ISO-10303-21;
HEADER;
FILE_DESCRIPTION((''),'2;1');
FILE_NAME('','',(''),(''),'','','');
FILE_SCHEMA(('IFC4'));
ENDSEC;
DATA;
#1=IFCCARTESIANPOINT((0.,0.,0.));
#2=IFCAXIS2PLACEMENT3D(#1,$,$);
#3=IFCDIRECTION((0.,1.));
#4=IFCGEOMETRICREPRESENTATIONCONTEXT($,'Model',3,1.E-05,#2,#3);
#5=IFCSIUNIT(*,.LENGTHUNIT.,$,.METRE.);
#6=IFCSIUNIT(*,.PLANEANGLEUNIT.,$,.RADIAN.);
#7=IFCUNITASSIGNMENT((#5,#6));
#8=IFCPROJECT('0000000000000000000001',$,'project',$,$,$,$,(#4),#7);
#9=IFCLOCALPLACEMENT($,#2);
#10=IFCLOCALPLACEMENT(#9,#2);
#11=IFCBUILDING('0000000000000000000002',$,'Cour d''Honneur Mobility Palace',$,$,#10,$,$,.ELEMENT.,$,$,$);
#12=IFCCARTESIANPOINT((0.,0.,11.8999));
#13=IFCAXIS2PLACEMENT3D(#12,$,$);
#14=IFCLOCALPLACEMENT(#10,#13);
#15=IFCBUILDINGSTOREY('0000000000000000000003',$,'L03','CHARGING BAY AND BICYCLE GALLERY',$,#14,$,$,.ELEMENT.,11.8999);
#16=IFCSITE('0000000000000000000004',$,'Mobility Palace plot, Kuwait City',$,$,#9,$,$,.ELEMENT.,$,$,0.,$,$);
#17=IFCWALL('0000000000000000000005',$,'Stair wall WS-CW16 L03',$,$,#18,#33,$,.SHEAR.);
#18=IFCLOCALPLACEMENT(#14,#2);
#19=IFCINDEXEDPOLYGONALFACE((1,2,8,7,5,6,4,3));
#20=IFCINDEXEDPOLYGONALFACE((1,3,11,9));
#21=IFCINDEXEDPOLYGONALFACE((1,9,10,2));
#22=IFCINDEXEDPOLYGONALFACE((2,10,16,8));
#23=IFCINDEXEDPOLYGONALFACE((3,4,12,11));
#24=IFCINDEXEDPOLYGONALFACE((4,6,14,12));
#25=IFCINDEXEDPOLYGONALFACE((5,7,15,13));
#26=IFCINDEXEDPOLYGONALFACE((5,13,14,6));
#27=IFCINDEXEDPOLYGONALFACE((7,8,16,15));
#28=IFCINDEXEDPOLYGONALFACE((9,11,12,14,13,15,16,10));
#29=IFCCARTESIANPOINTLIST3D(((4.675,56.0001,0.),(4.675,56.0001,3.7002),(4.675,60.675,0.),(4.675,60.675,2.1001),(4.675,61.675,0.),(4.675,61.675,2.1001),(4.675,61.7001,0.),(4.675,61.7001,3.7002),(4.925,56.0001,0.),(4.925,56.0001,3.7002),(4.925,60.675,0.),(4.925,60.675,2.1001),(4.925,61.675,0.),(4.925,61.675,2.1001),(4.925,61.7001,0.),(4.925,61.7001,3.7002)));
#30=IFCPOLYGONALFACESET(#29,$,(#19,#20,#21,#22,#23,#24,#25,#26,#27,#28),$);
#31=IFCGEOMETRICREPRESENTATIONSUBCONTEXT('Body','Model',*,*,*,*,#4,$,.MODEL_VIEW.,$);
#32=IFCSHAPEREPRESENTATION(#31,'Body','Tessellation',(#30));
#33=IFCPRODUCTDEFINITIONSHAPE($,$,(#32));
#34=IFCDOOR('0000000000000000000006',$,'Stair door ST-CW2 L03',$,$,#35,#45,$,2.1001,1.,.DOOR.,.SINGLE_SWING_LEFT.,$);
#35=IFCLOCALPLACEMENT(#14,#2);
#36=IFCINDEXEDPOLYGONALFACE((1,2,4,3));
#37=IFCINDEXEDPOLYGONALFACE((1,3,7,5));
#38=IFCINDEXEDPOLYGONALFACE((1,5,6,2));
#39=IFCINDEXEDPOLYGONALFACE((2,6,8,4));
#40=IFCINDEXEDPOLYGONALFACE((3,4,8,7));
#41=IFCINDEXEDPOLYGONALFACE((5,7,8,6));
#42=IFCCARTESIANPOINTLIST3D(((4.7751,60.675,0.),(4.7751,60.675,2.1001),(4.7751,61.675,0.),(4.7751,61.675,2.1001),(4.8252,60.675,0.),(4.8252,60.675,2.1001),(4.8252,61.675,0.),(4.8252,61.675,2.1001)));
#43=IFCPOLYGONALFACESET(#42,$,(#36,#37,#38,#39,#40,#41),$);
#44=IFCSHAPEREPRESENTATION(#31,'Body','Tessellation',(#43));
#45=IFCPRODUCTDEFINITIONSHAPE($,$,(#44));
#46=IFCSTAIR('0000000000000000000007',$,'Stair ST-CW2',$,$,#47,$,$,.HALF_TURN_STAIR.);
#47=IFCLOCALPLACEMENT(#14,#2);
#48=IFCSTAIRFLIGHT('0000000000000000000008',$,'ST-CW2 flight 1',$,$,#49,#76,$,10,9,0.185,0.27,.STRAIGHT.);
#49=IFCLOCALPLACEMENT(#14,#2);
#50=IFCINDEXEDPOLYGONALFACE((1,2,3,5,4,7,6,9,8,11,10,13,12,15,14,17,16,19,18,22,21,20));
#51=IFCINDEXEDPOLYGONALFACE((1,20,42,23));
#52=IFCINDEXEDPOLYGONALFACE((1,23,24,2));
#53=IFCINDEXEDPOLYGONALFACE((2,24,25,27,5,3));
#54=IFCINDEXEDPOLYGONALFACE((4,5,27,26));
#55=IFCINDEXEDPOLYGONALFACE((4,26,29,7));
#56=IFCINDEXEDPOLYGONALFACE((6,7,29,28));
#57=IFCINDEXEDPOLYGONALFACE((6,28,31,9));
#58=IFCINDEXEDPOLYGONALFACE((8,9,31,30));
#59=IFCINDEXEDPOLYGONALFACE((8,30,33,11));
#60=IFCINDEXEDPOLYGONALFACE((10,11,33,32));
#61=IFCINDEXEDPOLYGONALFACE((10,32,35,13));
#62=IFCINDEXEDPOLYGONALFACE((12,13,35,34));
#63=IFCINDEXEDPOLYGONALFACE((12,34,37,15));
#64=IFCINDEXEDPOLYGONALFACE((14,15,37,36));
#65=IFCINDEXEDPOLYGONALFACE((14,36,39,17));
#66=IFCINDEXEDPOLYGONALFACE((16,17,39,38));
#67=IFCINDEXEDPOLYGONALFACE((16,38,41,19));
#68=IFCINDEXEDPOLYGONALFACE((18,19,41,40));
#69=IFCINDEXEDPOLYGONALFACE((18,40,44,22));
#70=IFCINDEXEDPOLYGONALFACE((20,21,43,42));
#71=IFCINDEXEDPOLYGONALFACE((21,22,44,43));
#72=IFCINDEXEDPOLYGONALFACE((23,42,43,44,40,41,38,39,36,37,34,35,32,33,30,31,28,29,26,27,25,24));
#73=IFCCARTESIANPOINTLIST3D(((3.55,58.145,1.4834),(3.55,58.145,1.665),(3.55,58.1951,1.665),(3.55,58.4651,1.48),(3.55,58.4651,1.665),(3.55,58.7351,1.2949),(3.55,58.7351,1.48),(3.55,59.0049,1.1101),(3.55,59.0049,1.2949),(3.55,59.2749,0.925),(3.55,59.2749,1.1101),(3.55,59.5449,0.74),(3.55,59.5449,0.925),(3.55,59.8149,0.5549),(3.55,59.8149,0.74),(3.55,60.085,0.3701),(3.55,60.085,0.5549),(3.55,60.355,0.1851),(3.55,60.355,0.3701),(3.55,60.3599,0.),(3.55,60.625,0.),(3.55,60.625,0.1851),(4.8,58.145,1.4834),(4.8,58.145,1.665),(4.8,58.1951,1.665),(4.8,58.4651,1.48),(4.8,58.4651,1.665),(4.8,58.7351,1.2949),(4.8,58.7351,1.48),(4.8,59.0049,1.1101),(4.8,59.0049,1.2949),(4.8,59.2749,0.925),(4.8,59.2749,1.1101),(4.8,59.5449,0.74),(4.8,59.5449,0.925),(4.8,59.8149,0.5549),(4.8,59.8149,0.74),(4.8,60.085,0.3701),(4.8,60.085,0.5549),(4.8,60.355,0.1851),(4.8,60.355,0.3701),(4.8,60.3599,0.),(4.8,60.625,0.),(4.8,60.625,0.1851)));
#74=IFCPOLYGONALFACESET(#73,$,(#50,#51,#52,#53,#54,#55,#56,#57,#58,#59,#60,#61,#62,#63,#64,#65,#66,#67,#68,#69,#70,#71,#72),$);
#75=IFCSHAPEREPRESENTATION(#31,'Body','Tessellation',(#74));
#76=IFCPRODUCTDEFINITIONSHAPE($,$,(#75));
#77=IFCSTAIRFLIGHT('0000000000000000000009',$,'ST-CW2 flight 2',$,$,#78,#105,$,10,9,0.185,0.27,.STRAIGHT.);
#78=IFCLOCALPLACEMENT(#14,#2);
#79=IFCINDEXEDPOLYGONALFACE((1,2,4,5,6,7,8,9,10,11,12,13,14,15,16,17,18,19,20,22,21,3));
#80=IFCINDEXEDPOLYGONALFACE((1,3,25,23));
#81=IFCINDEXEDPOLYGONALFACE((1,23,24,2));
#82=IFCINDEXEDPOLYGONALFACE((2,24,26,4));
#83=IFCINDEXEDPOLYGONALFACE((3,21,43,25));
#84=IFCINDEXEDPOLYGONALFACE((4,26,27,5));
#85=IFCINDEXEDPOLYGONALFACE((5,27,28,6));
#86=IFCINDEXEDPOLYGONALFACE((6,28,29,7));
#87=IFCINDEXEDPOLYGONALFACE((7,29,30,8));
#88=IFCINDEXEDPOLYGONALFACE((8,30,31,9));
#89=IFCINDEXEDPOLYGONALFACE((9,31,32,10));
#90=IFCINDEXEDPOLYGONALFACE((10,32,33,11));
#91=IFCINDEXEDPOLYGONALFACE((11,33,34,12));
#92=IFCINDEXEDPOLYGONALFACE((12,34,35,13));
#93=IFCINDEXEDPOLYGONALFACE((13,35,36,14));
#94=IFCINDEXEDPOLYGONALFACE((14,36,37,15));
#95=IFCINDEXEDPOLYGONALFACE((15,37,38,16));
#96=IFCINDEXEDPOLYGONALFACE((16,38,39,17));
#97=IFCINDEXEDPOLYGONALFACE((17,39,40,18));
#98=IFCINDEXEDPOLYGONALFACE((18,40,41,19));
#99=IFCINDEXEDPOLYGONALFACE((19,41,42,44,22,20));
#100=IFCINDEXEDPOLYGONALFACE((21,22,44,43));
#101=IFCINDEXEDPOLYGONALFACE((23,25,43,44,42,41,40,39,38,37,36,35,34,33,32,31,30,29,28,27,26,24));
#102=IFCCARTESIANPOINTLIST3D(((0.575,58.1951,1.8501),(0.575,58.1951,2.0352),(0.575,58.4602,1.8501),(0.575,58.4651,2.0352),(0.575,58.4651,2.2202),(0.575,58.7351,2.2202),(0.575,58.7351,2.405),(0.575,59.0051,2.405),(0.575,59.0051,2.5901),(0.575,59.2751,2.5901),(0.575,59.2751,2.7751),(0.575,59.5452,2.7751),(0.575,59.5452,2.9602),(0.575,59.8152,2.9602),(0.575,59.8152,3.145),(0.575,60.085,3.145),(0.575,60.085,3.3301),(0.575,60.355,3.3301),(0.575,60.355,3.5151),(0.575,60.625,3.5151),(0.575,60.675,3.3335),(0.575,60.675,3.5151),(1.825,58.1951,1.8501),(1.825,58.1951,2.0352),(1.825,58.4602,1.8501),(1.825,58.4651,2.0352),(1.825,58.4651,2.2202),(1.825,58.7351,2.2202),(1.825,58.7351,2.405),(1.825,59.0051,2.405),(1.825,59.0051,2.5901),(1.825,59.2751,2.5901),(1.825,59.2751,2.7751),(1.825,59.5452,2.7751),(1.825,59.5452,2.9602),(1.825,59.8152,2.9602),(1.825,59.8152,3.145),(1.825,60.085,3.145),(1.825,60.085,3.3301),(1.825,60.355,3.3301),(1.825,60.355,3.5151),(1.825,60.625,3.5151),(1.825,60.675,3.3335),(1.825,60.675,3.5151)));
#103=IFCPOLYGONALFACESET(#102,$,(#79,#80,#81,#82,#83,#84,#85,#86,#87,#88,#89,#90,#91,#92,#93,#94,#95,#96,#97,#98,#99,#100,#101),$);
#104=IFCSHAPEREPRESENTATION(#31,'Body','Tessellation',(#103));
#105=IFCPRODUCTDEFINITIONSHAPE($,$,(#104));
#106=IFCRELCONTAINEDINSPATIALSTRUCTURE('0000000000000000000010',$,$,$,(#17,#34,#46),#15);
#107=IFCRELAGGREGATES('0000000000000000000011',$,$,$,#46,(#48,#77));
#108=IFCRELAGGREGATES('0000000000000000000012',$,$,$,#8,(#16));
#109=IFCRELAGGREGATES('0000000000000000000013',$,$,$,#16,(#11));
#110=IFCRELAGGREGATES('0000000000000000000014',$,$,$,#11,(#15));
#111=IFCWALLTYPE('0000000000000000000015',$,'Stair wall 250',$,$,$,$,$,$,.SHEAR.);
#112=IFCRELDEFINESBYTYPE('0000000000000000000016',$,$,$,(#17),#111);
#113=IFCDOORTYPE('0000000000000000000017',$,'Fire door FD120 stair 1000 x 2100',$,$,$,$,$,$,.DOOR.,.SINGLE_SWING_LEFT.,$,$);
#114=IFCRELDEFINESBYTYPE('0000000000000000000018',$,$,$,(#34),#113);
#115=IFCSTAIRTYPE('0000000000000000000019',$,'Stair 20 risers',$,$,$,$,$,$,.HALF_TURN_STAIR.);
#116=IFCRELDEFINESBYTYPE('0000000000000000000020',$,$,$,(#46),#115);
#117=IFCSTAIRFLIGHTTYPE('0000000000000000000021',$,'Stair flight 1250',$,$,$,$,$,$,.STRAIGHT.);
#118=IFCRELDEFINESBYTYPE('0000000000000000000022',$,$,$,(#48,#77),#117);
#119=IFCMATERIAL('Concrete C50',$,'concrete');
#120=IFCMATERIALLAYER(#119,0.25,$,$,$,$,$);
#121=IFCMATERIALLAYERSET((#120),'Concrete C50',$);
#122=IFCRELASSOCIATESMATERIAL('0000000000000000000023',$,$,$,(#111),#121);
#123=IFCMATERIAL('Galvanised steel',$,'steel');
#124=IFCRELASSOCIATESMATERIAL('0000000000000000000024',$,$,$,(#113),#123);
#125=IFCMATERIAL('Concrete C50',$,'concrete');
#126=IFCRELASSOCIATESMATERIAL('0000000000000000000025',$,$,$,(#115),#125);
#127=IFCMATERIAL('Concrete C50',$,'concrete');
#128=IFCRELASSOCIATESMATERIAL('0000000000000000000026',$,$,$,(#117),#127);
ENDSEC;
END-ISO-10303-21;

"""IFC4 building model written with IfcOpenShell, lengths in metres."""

from ifc_helpers import new_model, si_unit, direction, frame, frame_2d, origin, place, context, subcontext, project, spatial, polyline, rectangle, outline, extrude, material, layer, layer_set, type_object, element, fill, aggregate, save


model = new_model("IFC4")

# Units and contexts
model_context = context("Model", 3, precision=1e-05, world=origin(), true_north=direction((0.0, 1.0)))
body_context = subcontext(model_context, "Body", "Model", "MODEL_VIEW")
ifc_project = project(units=[si_unit("LENGTHUNIT", "METRE"), si_unit("PLANEANGLEUNIT", "RADIAN")], contexts=[model_context])

# Site, building, storey
site_placement = place(None, origin())
site = spatial("IfcSite", under=ifc_project, at=site_placement, Name="Mobility Palace plot, Kuwait City", CompositionType="ELEMENT", RefElevation=0.0)
building_placement = place(site_placement, origin())
building = spatial("IfcBuilding", under=site, at=building_placement, Name="Cour d'Honneur Mobility Palace", CompositionType="ELEMENT")
storey_placement = place(building_placement, frame((0.0, 0.0, 11.8999)))
storey = spatial("IfcBuildingStorey", under=building, at=storey_placement, Name="L03", Description="CHARGING BAY AND BICYCLE GALLERY", CompositionType="ELEMENT", Elevation=11.8999)

# Shared definitions
ifc_material_1 = material(Name="Concrete C50", Category="concrete")
ifc_layer_1 = layer(ifc_material_1, 0.25)
ifc_layer_set_1 = layer_set([ifc_layer_1], Name="Concrete C50")
wall_type_1 = type_object("IfcWallType", Name="Stair wall 250", PredefinedType="SHEAR", material=ifc_layer_set_1)

# Wall, opening, door
wall_1_placement = place(storey_placement, frame((4.8, 56.0, 0.0), z_axis=(0.0, 0.0, 1.0), x_axis=(0.0, 1.0, 0.0)))
wall_1 = element("IfcWall", 1, at=wall_1_placement, inside=storey, type_object=wall_type_1, Name="Stair wall WS-CW16 L03", PredefinedType="SHEAR", context=body_context, shape_type="SweptSolid", body=[
    extrude(rectangle(XDim=5.7, YDim=0.25, at=frame_2d((2.8501, 0.0))), origin(), (0.0, 0.0, 1.0), 3.7002),
])
opening_placement = place(wall_1_placement, frame((4.675, 0.0, 0.0)))
opening = element("IfcOpeningElement", 2, at=opening_placement, cuts=wall_1, PredefinedType="OPENING", context=body_context, shape_type="SweptSolid", body=[
    extrude(rectangle(XDim=1.0, YDim=2.1001, at=frame_2d((0.5, 1.05))), frame((0.0, 0.135, 0.0), z_axis=(0.0, -1.0, 0.0), x_axis=(1.0, 0.0, 0.0)), (0.0, 0.0, 1.0), 0.27),
])
ifc_material_2 = material(Name="Galvanised steel", Category="steel")
door_type = type_object("IfcDoorType", Name="Fire door FD120 stair 1000 x 2100", OperationType="SINGLE_SWING_LEFT", PredefinedType="DOOR", material=ifc_material_2)
door_placement = place(opening_placement, origin())
door = element("IfcDoor", 3, at=door_placement, inside=storey, type_object=door_type, Name="Stair door ST-CW2 L03", OperationType="SINGLE_SWING_LEFT", OverallHeight=2.1001, OverallWidth=1.0, PredefinedType="DOOR", context=body_context, shape_type="SweptSolid", body=[
    extrude(rectangle(XDim=1.0, YDim=2.1001, at=frame_2d((0.5, 1.05))), frame((0.0, 0.0249, 0.0), z_axis=(0.0, -1.0, 0.0), x_axis=(1.0, 0.0, 0.0)), (0.0, 0.0, 1.0), 0.05),
])
fill(opening, door)

# Stair, stair flights
ifc_material_3 = material(Name="Concrete C50", Category="concrete")
stair_type = type_object("IfcStairType", Name="Stair 20 risers", PredefinedType="HALF_TURN_STAIR", material=ifc_material_3)
stair_placement = place(storey_placement, origin())
stair = element("IfcStair", 4, at=stair_placement, inside=storey, type_object=stair_type, Name="Stair ST-CW2", PredefinedType="HALF_TURN_STAIR")
ifc_material_4 = material(Name="Concrete C50", Category="concrete")
stair_flight_type = type_object("IfcStairFlightType", Name="Stair flight 1250", PredefinedType="STRAIGHT", material=ifc_material_4)
stair_flight_1_placement = place(storey_placement, frame((4.175, 60.625, 0.0), z_axis=(0.0, 0.0, 1.0), x_axis=(0.0, -1.0, 0.0)))
stair_flight_1 = element("IfcStairFlight", 5, at=stair_flight_1_placement, type_object=stair_flight_type, Name="ST-CW2 flight 1", NumberOfRisers=10, NumberOfTreads=9, PredefinedType="STRAIGHT", RiserHeight=0.185, TreadLength=0.27, context=body_context, shape_type="SweptSolid", body=[
    extrude(outline(polyline([(0.0, 0.0), (0.0, 0.1851), (0.27, 0.1851), (0.27, 0.3701), (0.54, 0.3701), (0.54, 0.5549), (0.8101, 0.5549), (0.8101, 0.74), (1.0801, 0.74), (1.0801, 0.925), (1.3501, 0.925), (1.3501, 1.1101), (1.6201, 1.1101), (1.6201, 1.2949), (1.8899, 1.2949), (1.8899, 1.48), (2.1599, 1.48), (2.1599, 1.665), (2.4299, 1.665), (2.48, 1.665), (2.48, 1.4834), (0.2651, 0.0), (0.0, 0.0)])), frame((0.0, 0.625, 0.0), z_axis=(0.0, -1.0, 0.0), x_axis=(1.0, 0.0, 0.0)), (0.0, 0.0, 1.0), 1.25),
])
stair_flight_2_placement = place(storey_placement, frame((1.2, 58.1951, 1.8501), z_axis=(0.0, 0.0, 1.0), x_axis=(0.0, 1.0, 0.0)))
stair_flight_2 = element("IfcStairFlight", 6, at=stair_flight_2_placement, type_object=stair_flight_type, Name="ST-CW2 flight 2", NumberOfRisers=10, NumberOfTreads=9, PredefinedType="STRAIGHT", RiserHeight=0.185, TreadLength=0.27, context=body_context, shape_type="SweptSolid", body=[
    extrude(outline(polyline([(0.0, 0.0), (0.0, 0.1851), (0.27, 0.1851), (0.27, 0.3701), (0.54, 0.3701), (0.54, 0.5549), (0.8101, 0.5549), (0.8101, 0.74), (1.0801, 0.74), (1.0801, 0.925), (1.3501, 0.925), (1.3501, 1.1101), (1.6201, 1.1101), (1.6201, 1.2949), (1.8899, 1.2949), (1.8899, 1.48), (2.1599, 1.48), (2.1599, 1.665), (2.4299, 1.665), (2.48, 1.665), (2.48, 1.4834), (0.2651, 0.0), (0.0, 0.0)])), frame((0.0, 0.625, 0.0), z_axis=(0.0, -1.0, 0.0), x_axis=(1.0, 0.0, 0.0)), (0.0, 0.0, 1.0), 1.25),
])
aggregate(stair, [stair_flight_1, stair_flight_2])

save(model, "model.ifc")
